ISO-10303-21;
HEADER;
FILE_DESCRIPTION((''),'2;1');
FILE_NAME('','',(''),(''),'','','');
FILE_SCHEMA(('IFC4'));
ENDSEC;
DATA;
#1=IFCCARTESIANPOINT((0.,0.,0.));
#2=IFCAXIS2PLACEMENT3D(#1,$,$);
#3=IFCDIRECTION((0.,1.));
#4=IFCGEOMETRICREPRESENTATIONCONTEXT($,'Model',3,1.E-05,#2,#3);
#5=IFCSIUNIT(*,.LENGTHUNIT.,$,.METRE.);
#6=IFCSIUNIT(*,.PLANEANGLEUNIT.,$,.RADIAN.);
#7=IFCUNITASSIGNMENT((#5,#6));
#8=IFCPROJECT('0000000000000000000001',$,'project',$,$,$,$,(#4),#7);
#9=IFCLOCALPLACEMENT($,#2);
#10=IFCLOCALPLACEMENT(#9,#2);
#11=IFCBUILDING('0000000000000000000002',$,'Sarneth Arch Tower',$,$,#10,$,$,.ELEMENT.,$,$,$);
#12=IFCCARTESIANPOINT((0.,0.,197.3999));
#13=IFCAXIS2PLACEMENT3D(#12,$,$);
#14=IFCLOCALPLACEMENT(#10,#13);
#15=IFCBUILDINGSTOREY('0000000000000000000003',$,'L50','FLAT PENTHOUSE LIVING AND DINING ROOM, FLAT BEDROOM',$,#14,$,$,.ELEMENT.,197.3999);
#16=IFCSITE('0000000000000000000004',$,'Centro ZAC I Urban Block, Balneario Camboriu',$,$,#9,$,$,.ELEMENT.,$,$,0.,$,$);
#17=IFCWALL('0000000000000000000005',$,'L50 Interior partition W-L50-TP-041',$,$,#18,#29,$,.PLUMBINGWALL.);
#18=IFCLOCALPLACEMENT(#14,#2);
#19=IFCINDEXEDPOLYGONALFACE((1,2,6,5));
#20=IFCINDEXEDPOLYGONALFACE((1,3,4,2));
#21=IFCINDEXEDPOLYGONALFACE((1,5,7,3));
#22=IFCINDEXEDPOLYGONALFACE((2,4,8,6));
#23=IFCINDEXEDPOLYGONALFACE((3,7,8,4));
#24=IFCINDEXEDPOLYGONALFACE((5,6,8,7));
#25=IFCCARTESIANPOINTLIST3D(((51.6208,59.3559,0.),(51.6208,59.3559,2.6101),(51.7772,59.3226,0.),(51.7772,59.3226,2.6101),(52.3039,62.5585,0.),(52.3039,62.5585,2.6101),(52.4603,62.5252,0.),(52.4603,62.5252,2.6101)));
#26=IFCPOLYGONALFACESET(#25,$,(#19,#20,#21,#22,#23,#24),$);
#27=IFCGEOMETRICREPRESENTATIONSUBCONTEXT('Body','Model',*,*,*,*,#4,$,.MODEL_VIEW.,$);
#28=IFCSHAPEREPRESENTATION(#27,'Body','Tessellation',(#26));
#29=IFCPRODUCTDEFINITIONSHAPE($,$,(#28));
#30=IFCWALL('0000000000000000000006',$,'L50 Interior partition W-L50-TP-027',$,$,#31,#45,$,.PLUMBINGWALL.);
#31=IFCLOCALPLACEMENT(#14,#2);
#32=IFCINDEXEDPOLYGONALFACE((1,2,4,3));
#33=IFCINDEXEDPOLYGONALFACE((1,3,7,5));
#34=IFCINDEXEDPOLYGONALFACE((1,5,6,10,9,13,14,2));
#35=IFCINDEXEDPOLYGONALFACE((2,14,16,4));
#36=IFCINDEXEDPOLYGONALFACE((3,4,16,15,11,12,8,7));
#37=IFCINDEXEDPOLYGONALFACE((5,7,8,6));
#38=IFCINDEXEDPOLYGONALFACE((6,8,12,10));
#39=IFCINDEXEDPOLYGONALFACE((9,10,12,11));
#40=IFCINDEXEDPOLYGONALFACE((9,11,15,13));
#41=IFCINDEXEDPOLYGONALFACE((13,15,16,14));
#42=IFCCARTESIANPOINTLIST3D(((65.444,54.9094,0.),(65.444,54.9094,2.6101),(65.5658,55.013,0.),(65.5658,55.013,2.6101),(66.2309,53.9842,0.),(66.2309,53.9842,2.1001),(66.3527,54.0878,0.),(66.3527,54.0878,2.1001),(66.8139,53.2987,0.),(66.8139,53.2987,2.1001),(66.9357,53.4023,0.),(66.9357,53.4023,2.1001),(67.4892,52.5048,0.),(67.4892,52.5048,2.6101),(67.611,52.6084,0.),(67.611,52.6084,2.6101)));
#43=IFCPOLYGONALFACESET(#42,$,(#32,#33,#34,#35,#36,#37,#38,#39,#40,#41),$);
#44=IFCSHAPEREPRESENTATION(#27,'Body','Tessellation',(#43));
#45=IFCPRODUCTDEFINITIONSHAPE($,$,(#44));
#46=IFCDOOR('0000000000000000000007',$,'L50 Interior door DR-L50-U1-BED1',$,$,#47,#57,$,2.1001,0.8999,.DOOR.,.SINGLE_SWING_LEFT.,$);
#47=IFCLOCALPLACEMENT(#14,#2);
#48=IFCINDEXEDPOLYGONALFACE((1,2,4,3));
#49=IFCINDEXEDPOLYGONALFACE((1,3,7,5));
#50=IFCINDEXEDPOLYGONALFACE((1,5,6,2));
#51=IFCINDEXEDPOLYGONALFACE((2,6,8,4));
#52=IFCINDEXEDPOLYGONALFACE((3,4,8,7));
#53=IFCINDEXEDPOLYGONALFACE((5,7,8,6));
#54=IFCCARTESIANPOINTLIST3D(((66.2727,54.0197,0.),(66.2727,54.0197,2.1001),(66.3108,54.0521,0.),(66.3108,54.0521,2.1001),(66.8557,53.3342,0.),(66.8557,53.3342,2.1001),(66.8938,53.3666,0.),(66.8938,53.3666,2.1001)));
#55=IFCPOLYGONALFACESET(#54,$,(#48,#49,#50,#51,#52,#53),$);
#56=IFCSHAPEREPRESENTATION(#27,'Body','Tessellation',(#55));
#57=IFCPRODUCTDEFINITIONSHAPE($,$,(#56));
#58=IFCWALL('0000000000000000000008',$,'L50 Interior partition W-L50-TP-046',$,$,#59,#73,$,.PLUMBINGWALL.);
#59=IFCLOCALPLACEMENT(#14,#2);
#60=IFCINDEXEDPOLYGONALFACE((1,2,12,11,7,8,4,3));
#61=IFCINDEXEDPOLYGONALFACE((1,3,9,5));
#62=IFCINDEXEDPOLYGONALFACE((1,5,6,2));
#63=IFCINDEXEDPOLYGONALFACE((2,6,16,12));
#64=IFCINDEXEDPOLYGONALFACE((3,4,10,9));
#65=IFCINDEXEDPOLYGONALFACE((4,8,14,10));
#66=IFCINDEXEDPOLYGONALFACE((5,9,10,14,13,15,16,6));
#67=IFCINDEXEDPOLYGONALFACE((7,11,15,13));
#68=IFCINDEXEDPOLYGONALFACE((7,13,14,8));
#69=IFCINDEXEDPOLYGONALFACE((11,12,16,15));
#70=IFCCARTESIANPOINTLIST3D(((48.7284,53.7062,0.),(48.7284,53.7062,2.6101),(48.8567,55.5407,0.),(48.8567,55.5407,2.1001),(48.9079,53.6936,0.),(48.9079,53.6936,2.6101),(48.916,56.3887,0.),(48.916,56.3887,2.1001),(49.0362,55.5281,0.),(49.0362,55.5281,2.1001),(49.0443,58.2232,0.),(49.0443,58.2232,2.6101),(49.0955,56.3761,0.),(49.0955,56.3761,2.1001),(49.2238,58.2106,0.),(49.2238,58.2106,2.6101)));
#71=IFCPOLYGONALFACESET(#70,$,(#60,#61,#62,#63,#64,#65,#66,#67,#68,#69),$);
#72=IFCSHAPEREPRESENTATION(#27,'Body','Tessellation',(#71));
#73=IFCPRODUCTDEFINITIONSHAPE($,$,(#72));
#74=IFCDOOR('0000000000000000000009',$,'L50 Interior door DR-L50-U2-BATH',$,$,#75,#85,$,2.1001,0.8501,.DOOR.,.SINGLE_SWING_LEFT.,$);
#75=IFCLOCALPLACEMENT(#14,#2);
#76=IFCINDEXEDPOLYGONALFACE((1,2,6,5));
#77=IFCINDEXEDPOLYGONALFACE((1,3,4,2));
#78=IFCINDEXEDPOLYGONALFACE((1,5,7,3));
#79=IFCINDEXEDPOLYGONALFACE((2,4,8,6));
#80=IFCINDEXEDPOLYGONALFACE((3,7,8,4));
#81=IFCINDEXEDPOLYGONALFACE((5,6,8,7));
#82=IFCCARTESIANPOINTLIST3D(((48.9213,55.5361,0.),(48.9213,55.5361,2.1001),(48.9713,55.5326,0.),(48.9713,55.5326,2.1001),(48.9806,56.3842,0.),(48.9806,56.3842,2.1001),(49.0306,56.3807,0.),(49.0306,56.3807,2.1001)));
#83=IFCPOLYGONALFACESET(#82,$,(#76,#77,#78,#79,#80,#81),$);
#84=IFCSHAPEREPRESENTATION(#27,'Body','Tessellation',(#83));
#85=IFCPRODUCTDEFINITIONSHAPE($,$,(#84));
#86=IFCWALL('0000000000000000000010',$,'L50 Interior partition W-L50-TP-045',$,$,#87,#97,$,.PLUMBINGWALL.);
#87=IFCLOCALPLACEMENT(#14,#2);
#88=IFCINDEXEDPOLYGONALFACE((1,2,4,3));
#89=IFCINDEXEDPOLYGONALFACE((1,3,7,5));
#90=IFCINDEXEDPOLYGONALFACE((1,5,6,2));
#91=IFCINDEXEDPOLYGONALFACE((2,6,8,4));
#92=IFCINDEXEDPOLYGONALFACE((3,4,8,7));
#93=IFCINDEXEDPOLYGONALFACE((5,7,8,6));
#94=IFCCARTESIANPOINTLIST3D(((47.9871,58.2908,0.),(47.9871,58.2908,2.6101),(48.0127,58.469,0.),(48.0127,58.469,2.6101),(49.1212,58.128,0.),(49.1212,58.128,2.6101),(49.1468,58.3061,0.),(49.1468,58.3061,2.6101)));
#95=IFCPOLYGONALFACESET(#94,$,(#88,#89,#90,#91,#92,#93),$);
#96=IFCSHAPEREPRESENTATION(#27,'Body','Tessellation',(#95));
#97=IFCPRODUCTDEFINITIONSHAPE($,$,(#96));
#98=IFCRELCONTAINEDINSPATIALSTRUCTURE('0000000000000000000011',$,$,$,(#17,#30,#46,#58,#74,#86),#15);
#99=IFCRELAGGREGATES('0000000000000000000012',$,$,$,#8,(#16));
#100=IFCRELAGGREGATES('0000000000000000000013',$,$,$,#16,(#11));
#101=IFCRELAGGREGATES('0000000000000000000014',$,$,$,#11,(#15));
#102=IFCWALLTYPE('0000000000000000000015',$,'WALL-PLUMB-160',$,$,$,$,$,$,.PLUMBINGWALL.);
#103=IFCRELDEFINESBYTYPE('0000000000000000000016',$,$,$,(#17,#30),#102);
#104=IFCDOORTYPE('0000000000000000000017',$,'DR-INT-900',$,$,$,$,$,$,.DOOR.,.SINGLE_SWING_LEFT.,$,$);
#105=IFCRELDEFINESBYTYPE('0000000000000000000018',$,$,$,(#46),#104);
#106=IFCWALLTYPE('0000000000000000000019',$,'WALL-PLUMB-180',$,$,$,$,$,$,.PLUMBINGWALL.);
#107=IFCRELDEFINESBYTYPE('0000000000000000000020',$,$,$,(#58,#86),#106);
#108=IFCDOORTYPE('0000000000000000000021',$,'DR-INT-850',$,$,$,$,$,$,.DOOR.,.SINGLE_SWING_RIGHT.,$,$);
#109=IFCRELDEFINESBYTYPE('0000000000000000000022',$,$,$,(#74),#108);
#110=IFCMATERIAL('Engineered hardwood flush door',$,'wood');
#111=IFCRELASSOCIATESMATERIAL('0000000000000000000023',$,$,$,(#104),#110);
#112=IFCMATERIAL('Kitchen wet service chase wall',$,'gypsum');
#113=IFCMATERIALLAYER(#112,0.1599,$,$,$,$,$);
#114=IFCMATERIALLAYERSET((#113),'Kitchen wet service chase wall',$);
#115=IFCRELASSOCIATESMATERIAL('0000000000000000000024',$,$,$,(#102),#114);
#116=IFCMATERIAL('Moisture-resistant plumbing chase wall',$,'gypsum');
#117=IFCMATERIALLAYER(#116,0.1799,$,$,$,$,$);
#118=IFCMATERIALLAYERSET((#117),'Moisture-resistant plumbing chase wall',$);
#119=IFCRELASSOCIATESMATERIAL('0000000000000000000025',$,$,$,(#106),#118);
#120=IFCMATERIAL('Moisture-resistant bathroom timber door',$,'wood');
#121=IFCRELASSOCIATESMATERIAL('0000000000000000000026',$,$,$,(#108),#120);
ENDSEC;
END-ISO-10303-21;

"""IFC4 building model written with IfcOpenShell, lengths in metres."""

from ifc_helpers import new_model, si_unit, direction, frame, frame_2d, origin, place, context, subcontext, project, spatial, rectangle, extrude, material, layer, layer_set, type_object, element, fill, save


model = new_model("IFC4")

# Units and contexts
model_context = context("Model", 3, precision=1e-05, world=origin(), true_north=direction((0.0, 1.0)))
body_context = subcontext(model_context, "Body", "Model", "MODEL_VIEW")
ifc_project = project(units=[si_unit("LENGTHUNIT", "METRE"), si_unit("PLANEANGLEUNIT", "RADIAN")], contexts=[model_context])

# Site, building, storey
site_placement = place(None, origin())
site = spatial("IfcSite", under=ifc_project, at=site_placement, Name="Centro ZAC I Urban Block, Balneario Camboriu", CompositionType="ELEMENT", RefElevation=0.0)
building_placement = place(site_placement, origin())
building = spatial("IfcBuilding", under=site, at=building_placement, Name="Sarneth Arch Tower", CompositionType="ELEMENT")
storey_placement = place(building_placement, frame((0.0, 0.0, 197.3999)))
storey = spatial("IfcBuildingStorey", under=building, at=storey_placement, Name="L50", Description="FLAT PENTHOUSE LIVING AND DINING ROOM, FLAT BEDROOM", CompositionType="ELEMENT", Elevation=197.3999)

# Shared definitions
ifc_material_1 = material(Name="Engineered hardwood flush door", Category="wood")
door_type_1 = type_object("IfcDoorType", Name="DR-INT-900", OperationType="SINGLE_SWING_LEFT", PredefinedType="DOOR", material=ifc_material_1)

# Shared definitions
ifc_material_2 = material(Name="Kitchen wet service chase wall", Category="gypsum")
ifc_layer_1 = layer(ifc_material_2, 0.1599)
ifc_layer_set_1 = layer_set([ifc_layer_1], Name="Kitchen wet service chase wall")
wall_type_1 = type_object("IfcWallType", Name="WALL-PLUMB-160", PredefinedType="PLUMBINGWALL", material=ifc_layer_set_1)

# Wall
wall_1_placement = place(storey_placement, frame((52.3821, 62.5417, 0.0), z_axis=(0.0, 0.0, 1.0), x_axis=(-0.208602, -0.978001, 0.0)))
element("IfcWall", 1, at=wall_1_placement, inside=storey, type_object=wall_type_1, Name="L50 Interior partition W-L50-TP-041", PredefinedType="PLUMBINGWALL", context=body_context, shape_type="SweptSolid", body=[
    extrude(rectangle(XDim=3.2747, YDim=0.1599, at=frame_2d((1.6372, 0.0))), origin(), (0.0, 0.0, 1.0), 2.6101),
])

# Walls, openings, doors
wall_2_placement = place(storey_placement, frame((65.5049, 54.9612, 0.0), z_axis=(0.0, 0.0, 1.0), x_axis=(0.647889, -0.761735, 0.0)))
wall_2 = element("IfcWall", 2, at=wall_2_placement, inside=storey, type_object=wall_type_1, Name="L50 Interior partition W-L50-TP-027", PredefinedType="PLUMBINGWALL", context=body_context, shape_type="SweptSolid", body=[
    extrude(rectangle(XDim=3.1567, YDim=0.1599, at=frame_2d((1.5784, 0.0))), origin(), (0.0, 0.0, 1.0), 2.6101),
])
opening_1_placement = place(wall_2_placement, frame((1.2146, 0.0, 0.0)))
opening_1 = element("IfcOpeningElement", 3, at=opening_1_placement, cuts=wall_2, PredefinedType="OPENING", context=body_context, shape_type="SweptSolid", body=[
    extrude(rectangle(XDim=0.8999, YDim=2.1001, at=frame_2d((0.45, 1.05))), frame((0.0, 0.0898, 0.0), z_axis=(0.0, -1.0, 0.0), x_axis=(1.0, 0.0, 0.0)), (0.0, 0.0, 1.0), 0.1799),
])
door_1_placement = place(opening_1_placement, origin())
door_1 = element("IfcDoor", 4, at=door_1_placement, inside=storey, type_object=door_type_1, Name="L50 Interior door DR-L50-U1-BED1", OperationType="SINGLE_SWING_LEFT", OverallHeight=2.1001, OverallWidth=0.8999, PredefinedType="DOOR", context=body_context, shape_type="SweptSolid", body=[
    extrude(rectangle(XDim=0.8999, YDim=2.1001, at=frame_2d((0.45, 1.05))), frame((0.0, 0.0249, 0.0), z_axis=(0.0, -1.0, 0.0), x_axis=(1.0, 0.0, 0.0)), (0.0, 0.0, 1.0), 0.05),
])
fill(opening_1, door_1)
ifc_material_3 = material(Name="Moisture-resistant plumbing chase wall", Category="gypsum")
ifc_layer_2 = layer(ifc_material_3, 0.1799)
ifc_layer_set_2 = layer_set([ifc_layer_2], Name="Moisture-resistant plumbing chase wall")
wall_type_2 = type_object("IfcWallType", Name="WALL-PLUMB-180", PredefinedType="PLUMBINGWALL", material=ifc_layer_set_2)
wall_3_placement = place(storey_placement, frame((49.134, 58.217, 0.0), z_axis=(0.0, 0.0, 1.0), x_axis=(-0.069768, -0.997563, 0.0)))
wall_3 = element("IfcWall", 5, at=wall_3_placement, inside=storey, type_object=wall_type_2, Name="L50 Interior partition W-L50-TP-046", PredefinedType="PLUMBINGWALL", context=body_context, shape_type="SweptSolid", body=[
    extrude(rectangle(XDim=4.5281, YDim=0.1799, at=frame_2d((2.2642, 0.0))), origin(), (0.0, 0.0, 1.0), 2.6101),
])
opening_2_placement = place(wall_3_placement, frame((1.8391, 0.0, 0.0)))
opening_2 = element("IfcOpeningElement", 6, at=opening_2_placement, cuts=wall_3, PredefinedType="OPENING", context=body_context, shape_type="SweptSolid", body=[
    extrude(rectangle(XDim=0.8501, YDim=2.1001, at=frame_2d((0.425, 1.05))), frame((0.0, 0.0999, 0.0), z_axis=(0.0, -1.0, 0.0), x_axis=(1.0, 0.0, 0.0)), (0.0, 0.0, 1.0), 0.2),
])
ifc_material_4 = material(Name="Moisture-resistant bathroom timber door", Category="wood")
door_type_2 = type_object("IfcDoorType", Name="DR-INT-850", OperationType="SINGLE_SWING_RIGHT", PredefinedType="DOOR", material=ifc_material_4)
door_2_placement = place(opening_2_placement, origin())
door_2 = element("IfcDoor", 7, at=door_2_placement, inside=storey, type_object=door_type_2, Name="L50 Interior door DR-L50-U2-BATH", OperationType="SINGLE_SWING_LEFT", OverallHeight=2.1001, OverallWidth=0.8501, PredefinedType="DOOR", context=body_context, shape_type="SweptSolid", body=[
    extrude(rectangle(XDim=0.8501, YDim=2.1001, at=frame_2d((0.425, 1.05))), frame((0.0, 0.0249, 0.0), z_axis=(0.0, -1.0, 0.0), x_axis=(1.0, 0.0, 0.0)), (0.0, 0.0, 1.0), 0.05),
])
fill(opening_2, door_2)

# Wall
wall_4_placement = place(storey_placement, frame((48.0, 58.3799, 0.0), z_axis=(0.0, 0.0, 1.0), x_axis=(0.989847, -0.142137, 0.0)))
element("IfcWall", 8, at=wall_4_placement, inside=storey, type_object=wall_type_2, Name="L50 Interior partition W-L50-TP-045", PredefinedType="PLUMBINGWALL", context=body_context, shape_type="SweptSolid", body=[
    extrude(rectangle(XDim=1.1458, YDim=0.1799, at=frame_2d((0.5728, 0.0))), origin(), (0.0, 0.0, 1.0), 2.6101),
])

save(model, "model.ifc")
